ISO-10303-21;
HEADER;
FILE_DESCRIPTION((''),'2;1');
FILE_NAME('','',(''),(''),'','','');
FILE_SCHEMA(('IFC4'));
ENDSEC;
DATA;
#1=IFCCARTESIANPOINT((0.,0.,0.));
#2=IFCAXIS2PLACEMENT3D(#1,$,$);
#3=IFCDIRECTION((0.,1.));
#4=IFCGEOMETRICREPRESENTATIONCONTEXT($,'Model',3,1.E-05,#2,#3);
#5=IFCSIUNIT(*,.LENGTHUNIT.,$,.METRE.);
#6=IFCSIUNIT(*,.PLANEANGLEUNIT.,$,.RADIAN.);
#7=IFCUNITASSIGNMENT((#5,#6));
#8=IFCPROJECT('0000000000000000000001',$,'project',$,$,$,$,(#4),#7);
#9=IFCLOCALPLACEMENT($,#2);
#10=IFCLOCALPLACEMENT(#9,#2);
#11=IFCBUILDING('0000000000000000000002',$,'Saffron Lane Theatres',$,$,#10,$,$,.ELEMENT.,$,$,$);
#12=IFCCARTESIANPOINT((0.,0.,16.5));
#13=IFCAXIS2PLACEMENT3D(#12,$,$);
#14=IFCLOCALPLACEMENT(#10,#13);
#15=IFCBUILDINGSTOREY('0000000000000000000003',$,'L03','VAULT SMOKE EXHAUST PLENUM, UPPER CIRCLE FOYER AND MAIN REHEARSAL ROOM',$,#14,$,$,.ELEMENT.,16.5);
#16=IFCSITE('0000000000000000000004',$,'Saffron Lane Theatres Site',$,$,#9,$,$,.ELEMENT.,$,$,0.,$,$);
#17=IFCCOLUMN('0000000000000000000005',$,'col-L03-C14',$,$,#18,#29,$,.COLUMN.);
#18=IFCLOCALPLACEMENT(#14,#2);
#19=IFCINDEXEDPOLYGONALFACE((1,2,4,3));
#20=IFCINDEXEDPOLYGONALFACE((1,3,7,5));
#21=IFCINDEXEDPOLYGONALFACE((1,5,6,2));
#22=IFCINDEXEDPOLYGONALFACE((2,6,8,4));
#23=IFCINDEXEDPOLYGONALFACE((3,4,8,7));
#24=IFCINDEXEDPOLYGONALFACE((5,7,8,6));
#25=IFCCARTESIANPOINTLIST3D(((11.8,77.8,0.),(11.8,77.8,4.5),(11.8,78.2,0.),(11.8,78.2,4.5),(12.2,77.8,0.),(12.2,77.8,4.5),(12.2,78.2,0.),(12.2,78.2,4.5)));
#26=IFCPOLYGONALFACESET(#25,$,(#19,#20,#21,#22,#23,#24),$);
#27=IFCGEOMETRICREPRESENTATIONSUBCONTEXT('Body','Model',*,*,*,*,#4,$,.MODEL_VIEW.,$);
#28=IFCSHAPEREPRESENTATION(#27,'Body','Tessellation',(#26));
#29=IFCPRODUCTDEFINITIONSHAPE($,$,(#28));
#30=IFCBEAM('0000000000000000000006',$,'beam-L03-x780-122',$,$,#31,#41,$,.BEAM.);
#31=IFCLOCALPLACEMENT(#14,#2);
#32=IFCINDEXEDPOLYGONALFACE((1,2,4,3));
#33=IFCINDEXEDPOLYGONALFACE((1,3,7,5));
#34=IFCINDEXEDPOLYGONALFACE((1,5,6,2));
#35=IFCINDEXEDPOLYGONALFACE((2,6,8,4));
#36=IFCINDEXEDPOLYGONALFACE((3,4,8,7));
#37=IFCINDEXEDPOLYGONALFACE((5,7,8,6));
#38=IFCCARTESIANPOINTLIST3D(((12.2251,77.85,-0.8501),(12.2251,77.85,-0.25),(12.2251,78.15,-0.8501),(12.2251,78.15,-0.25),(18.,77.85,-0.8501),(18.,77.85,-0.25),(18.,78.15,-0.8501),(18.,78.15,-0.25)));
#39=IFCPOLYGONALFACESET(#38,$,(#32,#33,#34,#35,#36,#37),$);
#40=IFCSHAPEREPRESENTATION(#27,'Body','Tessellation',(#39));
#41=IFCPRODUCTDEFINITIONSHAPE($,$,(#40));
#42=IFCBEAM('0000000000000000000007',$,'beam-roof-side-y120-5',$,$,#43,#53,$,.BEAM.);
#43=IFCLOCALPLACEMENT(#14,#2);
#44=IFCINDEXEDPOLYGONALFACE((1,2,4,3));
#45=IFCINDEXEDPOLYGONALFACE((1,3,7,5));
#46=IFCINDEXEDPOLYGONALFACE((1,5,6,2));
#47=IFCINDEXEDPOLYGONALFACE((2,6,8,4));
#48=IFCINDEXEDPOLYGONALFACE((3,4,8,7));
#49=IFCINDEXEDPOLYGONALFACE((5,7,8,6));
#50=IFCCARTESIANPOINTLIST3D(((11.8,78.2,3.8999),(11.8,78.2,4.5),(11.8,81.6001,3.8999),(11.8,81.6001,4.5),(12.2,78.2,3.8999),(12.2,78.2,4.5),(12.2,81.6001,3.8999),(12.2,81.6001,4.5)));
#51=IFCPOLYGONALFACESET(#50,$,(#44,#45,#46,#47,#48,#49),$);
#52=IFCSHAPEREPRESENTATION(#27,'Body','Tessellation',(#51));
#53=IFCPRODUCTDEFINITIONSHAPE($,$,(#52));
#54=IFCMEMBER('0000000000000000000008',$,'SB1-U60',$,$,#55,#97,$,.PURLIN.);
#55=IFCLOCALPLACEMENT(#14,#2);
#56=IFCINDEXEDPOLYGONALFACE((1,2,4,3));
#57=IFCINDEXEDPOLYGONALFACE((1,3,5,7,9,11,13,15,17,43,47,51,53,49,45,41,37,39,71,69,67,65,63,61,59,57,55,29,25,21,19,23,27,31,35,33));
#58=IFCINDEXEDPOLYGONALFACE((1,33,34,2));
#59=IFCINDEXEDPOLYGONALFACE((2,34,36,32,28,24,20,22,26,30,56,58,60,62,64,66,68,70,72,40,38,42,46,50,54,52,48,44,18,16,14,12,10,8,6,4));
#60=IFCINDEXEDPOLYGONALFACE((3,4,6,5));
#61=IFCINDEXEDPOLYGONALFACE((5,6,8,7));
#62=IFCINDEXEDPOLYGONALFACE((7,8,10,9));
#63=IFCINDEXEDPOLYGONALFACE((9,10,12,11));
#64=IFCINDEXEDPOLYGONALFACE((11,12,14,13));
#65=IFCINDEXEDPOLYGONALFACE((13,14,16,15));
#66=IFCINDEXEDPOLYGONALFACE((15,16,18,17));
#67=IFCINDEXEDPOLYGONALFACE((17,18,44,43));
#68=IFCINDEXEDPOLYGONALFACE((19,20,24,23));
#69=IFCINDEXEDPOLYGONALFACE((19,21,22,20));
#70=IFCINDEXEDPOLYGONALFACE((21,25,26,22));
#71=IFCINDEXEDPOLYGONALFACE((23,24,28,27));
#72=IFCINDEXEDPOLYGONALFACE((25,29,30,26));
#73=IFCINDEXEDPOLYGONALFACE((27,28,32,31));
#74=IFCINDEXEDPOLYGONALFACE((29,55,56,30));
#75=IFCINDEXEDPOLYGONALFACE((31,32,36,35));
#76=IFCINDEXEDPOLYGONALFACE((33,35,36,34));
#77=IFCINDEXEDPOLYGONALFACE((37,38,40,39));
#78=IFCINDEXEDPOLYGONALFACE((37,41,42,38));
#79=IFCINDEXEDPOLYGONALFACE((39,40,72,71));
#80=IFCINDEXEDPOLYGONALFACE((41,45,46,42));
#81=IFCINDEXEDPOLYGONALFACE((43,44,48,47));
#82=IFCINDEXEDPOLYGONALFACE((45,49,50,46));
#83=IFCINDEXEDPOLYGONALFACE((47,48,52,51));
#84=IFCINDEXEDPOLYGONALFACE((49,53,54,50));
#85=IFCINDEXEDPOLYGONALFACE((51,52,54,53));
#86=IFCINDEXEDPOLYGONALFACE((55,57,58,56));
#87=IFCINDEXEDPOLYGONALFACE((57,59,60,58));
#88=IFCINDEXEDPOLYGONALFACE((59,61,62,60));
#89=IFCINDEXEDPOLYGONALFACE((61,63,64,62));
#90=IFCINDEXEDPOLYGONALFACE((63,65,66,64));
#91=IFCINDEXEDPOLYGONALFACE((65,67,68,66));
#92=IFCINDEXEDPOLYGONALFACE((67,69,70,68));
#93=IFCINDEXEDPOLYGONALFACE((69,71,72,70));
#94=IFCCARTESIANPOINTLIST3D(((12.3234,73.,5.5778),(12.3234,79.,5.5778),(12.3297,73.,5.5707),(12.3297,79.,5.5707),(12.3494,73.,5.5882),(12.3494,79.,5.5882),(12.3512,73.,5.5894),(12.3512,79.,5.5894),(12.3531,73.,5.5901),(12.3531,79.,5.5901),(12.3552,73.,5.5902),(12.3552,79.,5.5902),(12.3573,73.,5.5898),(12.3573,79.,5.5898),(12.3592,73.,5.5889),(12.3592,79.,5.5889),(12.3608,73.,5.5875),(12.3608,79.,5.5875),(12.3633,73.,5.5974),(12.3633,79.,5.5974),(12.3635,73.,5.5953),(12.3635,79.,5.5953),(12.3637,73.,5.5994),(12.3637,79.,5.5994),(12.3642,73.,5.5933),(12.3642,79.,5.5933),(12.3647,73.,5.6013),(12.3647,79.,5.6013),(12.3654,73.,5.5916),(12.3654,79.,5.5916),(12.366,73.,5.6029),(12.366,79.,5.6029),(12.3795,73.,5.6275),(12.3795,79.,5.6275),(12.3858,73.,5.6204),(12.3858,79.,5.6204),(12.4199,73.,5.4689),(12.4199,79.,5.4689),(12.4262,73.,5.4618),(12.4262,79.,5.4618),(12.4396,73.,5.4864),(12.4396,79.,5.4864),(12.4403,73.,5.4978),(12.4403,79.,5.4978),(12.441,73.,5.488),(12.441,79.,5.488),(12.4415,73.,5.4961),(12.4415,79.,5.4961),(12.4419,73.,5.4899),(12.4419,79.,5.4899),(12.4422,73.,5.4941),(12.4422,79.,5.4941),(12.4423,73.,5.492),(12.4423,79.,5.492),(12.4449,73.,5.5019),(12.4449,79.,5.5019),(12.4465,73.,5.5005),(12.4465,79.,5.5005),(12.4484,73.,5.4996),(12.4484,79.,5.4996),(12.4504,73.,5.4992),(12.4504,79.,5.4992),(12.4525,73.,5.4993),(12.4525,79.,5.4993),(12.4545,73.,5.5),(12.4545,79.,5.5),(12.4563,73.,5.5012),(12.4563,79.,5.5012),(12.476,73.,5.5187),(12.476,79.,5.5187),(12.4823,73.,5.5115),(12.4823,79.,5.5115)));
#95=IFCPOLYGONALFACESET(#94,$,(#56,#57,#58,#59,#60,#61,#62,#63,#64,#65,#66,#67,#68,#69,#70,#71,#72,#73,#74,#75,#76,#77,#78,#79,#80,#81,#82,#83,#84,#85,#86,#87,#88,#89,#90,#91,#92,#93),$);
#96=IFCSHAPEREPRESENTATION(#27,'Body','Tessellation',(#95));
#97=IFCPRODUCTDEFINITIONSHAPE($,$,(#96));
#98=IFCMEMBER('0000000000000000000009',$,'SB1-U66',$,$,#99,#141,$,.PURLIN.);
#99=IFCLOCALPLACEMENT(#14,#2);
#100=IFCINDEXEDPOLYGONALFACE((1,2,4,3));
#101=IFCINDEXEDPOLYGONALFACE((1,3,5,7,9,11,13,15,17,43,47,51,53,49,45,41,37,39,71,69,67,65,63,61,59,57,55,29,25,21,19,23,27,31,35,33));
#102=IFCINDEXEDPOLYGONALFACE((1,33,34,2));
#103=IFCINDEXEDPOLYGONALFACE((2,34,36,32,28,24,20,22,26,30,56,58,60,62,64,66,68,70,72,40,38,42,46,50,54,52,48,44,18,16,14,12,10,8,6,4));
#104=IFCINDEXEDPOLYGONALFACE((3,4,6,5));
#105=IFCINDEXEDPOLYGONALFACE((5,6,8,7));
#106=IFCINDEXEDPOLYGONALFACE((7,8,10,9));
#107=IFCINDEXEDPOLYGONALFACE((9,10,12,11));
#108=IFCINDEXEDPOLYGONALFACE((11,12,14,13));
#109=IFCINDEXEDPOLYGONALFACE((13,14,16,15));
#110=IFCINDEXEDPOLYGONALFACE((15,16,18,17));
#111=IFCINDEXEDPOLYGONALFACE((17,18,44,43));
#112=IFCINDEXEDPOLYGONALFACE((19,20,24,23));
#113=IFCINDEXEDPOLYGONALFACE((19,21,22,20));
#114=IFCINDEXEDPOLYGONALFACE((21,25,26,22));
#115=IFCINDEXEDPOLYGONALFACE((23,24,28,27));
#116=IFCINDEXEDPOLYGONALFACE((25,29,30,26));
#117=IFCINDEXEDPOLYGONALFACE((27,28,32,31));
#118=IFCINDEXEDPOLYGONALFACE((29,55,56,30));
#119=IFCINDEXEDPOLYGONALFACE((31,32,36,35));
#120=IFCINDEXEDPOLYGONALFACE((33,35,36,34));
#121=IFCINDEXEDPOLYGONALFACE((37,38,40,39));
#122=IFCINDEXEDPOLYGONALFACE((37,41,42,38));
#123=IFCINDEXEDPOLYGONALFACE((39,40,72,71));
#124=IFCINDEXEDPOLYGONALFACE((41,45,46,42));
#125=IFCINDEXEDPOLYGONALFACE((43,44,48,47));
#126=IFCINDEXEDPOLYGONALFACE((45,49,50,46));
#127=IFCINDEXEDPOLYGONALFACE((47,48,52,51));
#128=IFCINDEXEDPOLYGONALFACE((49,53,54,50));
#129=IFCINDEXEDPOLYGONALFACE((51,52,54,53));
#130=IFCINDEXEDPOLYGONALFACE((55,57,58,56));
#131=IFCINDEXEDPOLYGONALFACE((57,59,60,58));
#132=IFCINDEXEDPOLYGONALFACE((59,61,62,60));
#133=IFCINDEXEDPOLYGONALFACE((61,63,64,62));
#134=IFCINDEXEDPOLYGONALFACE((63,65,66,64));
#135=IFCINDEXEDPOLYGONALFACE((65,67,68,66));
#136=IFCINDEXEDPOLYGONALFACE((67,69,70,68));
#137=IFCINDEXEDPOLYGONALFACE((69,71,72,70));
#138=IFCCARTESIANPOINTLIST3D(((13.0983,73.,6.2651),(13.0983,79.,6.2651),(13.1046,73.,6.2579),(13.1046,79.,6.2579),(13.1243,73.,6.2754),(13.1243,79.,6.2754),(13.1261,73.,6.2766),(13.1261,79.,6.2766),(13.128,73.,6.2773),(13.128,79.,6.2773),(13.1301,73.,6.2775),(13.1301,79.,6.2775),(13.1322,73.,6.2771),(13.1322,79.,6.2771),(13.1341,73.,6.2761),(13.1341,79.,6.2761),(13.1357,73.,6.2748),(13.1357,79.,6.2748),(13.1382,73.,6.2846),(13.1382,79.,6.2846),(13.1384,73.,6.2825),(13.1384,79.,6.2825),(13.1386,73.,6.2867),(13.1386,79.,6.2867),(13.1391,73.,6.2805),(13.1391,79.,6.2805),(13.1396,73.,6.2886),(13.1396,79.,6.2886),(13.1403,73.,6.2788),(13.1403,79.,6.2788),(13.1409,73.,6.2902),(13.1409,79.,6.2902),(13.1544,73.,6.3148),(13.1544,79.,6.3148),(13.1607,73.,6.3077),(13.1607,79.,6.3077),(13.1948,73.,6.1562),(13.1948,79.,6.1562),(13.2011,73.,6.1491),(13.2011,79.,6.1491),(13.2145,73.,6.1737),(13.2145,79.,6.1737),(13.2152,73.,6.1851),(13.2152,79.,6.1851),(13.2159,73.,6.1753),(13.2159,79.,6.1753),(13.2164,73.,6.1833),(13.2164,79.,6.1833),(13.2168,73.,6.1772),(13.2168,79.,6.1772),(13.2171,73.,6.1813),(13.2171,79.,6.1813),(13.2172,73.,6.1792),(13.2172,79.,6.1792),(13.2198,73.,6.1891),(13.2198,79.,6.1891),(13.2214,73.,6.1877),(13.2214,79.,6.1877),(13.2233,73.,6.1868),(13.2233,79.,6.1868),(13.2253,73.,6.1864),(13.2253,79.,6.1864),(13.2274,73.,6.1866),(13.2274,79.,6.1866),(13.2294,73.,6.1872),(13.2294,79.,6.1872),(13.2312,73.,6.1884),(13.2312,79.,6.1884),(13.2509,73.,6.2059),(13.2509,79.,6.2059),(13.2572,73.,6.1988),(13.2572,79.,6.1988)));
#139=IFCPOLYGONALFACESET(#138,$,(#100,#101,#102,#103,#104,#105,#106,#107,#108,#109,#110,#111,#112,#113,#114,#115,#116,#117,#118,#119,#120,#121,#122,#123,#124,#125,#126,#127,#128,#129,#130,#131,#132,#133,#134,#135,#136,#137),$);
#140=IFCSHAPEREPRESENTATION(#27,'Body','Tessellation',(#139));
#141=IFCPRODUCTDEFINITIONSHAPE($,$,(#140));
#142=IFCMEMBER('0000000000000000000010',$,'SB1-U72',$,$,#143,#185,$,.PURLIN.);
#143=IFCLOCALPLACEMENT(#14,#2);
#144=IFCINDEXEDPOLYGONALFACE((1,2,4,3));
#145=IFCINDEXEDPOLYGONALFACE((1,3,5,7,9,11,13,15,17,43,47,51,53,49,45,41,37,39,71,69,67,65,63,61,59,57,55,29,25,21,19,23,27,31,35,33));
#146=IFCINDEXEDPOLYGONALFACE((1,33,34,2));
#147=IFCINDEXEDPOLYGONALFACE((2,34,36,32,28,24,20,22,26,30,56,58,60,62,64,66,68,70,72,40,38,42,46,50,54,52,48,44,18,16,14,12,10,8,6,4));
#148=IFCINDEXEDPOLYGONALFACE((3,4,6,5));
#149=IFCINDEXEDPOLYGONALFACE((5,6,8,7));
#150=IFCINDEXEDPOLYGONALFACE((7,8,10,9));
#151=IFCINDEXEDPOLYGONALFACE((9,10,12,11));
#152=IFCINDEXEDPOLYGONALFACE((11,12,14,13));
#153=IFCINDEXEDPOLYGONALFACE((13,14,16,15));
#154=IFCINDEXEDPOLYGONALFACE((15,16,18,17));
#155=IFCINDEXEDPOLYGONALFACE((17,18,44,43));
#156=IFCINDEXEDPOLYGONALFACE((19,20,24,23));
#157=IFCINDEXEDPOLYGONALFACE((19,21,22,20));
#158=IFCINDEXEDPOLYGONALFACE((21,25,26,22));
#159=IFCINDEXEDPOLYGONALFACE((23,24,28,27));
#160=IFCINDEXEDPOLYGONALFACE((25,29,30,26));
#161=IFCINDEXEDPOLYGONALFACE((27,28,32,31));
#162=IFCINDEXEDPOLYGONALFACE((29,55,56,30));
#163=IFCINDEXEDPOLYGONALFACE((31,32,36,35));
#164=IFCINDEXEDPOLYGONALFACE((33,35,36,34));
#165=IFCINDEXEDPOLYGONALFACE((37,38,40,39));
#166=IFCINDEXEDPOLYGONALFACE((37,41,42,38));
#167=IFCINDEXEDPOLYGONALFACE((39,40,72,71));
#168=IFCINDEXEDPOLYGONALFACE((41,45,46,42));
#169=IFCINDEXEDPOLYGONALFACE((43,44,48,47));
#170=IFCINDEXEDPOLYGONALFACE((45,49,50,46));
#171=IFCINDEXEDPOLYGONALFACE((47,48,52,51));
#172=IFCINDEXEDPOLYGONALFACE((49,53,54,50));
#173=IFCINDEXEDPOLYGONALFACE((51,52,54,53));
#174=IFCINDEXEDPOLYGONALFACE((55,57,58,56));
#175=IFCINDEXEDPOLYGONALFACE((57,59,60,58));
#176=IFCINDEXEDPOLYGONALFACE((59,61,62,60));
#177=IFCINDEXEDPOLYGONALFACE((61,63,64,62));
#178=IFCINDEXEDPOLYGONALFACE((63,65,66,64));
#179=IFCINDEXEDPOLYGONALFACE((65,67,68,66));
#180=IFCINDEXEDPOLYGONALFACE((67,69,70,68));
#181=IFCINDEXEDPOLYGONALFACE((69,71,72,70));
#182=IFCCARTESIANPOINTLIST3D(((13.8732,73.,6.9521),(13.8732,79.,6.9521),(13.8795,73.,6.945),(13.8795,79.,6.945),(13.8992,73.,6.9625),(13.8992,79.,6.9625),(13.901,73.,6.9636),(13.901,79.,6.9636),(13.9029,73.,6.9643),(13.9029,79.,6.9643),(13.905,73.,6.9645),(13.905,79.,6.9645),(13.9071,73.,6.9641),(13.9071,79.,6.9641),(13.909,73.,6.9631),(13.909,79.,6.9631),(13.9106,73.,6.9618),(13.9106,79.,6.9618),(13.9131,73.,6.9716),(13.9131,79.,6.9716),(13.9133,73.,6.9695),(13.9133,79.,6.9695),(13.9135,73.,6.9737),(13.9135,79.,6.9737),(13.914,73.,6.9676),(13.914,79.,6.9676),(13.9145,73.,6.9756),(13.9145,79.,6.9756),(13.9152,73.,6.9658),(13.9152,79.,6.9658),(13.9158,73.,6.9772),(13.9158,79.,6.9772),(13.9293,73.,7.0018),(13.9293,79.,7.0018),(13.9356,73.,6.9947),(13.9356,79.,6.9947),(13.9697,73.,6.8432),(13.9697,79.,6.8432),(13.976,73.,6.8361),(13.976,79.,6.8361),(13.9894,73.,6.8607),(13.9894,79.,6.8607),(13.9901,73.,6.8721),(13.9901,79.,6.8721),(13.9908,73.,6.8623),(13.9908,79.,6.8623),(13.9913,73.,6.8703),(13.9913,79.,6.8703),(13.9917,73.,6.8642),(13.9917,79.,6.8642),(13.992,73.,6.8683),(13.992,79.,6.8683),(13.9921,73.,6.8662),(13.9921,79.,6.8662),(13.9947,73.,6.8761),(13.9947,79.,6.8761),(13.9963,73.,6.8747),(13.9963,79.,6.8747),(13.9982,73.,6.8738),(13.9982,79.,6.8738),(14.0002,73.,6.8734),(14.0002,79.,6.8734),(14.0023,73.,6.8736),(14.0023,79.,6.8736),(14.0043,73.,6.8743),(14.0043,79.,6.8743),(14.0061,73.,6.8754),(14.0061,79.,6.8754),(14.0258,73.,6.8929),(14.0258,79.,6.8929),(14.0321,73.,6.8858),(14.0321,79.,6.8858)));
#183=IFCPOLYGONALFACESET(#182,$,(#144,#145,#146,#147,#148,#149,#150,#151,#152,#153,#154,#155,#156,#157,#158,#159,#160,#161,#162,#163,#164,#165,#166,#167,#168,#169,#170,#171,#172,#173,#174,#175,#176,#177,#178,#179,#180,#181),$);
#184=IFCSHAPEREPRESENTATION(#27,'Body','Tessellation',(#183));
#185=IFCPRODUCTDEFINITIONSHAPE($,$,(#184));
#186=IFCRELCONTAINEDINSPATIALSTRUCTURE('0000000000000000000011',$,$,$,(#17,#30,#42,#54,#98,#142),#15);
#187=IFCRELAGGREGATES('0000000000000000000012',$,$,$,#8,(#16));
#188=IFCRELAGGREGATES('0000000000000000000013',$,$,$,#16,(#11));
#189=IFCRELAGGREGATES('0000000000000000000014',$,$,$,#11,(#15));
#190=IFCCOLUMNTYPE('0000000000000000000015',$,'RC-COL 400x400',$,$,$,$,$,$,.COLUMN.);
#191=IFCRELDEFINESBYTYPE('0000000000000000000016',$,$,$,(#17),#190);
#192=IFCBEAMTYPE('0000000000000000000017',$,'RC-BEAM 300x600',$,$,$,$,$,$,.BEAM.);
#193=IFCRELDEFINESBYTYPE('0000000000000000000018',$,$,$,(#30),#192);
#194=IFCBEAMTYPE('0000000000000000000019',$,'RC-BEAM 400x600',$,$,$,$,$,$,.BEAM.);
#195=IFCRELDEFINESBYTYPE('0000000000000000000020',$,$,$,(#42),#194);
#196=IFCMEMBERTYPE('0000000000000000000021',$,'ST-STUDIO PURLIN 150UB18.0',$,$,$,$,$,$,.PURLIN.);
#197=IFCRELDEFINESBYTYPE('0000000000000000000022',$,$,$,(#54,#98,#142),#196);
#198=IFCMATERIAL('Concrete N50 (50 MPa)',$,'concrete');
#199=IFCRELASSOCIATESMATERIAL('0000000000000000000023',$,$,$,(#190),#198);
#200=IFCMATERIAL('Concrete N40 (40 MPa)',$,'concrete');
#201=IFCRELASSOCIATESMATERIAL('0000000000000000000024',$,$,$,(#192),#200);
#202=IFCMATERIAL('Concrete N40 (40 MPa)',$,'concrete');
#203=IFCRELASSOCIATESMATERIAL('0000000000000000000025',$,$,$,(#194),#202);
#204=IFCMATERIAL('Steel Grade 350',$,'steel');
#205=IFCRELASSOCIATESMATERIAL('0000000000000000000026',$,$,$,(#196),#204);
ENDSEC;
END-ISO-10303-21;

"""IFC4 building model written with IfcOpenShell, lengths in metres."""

from ifc_helpers import new_model, si_unit, direction, frame, origin, origin_2d, place, context, subcontext, project, spatial, rectangle, i_section, extrude, material, material_profile, profile_set, type_object, element, save


model = new_model("IFC4")

# Units and contexts
model_context = context("Model", 3, precision=1e-05, world=origin(), true_north=direction((0.0, 1.0)))
body_context = subcontext(model_context, "Body", "Model", "MODEL_VIEW")
ifc_project = project(units=[si_unit("LENGTHUNIT", "METRE"), si_unit("PLANEANGLEUNIT", "RADIAN")], contexts=[model_context])

# Site, building, storey
site_placement = place(None, origin())
site = spatial("IfcSite", under=ifc_project, at=site_placement, Name="Saffron Lane Theatres Site", CompositionType="ELEMENT", RefElevation=0.0)
building_placement = place(site_placement, origin())
building = spatial("IfcBuilding", under=site, at=building_placement, Name="Saffron Lane Theatres", CompositionType="ELEMENT")
storey_placement = place(building_placement, frame((0.0, 0.0, 16.5)))
storey = spatial("IfcBuildingStorey", under=building, at=storey_placement, Name="L03", Description="VAULT SMOKE EXHAUST PLENUM, UPPER CIRCLE FOYER AND MAIN REHEARSAL ROOM", CompositionType="ELEMENT", Elevation=16.5)

# Column
ifc_material_1 = material(Name="Concrete N50 (50 MPa)", Category="concrete")
ifc_material_profile_1 = material_profile(ifc_material_1, rectangle(XDim=0.3999, YDim=0.3999, at=origin_2d()))
ifc_profile_set_1 = profile_set([ifc_material_profile_1], Name="Concrete N50 (50 MPa)")
column_type = type_object("IfcColumnType", Name="RC-COL 400x400", PredefinedType="COLUMN", material=ifc_profile_set_1)
column_placement = place(storey_placement, frame((12.0, 78.0, 0.0), z_axis=(0.0, 0.0, 1.0), x_axis=(1.0, 0.0, 0.0)))
element("IfcColumn", 1, at=column_placement, inside=storey, type_object=column_type, Name="col-L03-C14", PredefinedType="COLUMN", context=body_context, shape_type="SweptSolid", body=[
    extrude(rectangle(XDim=0.3999, YDim=0.3999, at=origin_2d()), origin(), (0.0, 0.0, 1.0), 4.5),
])

# Beams
ifc_material_2 = material(Name="Concrete N40 (40 MPa)", Category="concrete")
ifc_material_profile_2 = material_profile(ifc_material_2, rectangle(XDim=0.3, YDim=0.6001, at=origin_2d()))
ifc_profile_set_2 = profile_set([ifc_material_profile_2], Name="Concrete N40 (40 MPa)")
beam_type_1 = type_object("IfcBeamType", Name="RC-BEAM 300x600", PredefinedType="BEAM", material=ifc_profile_set_2)
beam_1_placement = place(storey_placement, frame((12.2251, 78.0, -0.55), z_axis=(1.0, 0.0, 0.0), x_axis=(0.0, 1.0, 0.0)))
element("IfcBeam", 2, at=beam_1_placement, inside=storey, type_object=beam_type_1, Name="beam-L03-x780-122", PredefinedType="BEAM", context=body_context, shape_type="SweptSolid", body=[
    extrude(rectangle(XDim=0.3, YDim=0.6001, at=origin_2d()), origin(), (0.0, 0.0, 1.0), 5.7749),
])
ifc_material_3 = material(Name="Concrete N40 (40 MPa)", Category="concrete")
ifc_material_profile_3 = material_profile(ifc_material_3, rectangle(XDim=0.3999, YDim=0.6001, at=origin_2d()))
ifc_profile_set_3 = profile_set([ifc_material_profile_3], Name="Concrete N40 (40 MPa)")
beam_type_2 = type_object("IfcBeamType", Name="RC-BEAM 400x600", PredefinedType="BEAM", material=ifc_profile_set_3)
beam_2_placement = place(storey_placement, frame((12.0, 78.2, 4.2), z_axis=(0.0, 1.0, 0.0), x_axis=(-1.0, 0.0, 0.0)))
element("IfcBeam", 3, at=beam_2_placement, inside=storey, type_object=beam_type_2, Name="beam-roof-side-y120-5", PredefinedType="BEAM", context=body_context, shape_type="SweptSolid", body=[
    extrude(rectangle(XDim=0.3999, YDim=0.6001, at=origin_2d()), origin(), (0.0, 0.0, 1.0), 3.4001),
])

# Members
ifc_material_4 = material(Name="Steel Grade 350", Category="steel")
ifc_material_profile_4 = material_profile(ifc_material_4, i_section(OverallWidth=0.075, OverallDepth=0.155, WebThickness=0.0061, FlangeThickness=0.0095, FilletRadius=0.0081, at=origin_2d()))
ifc_profile_set_4 = profile_set([ifc_material_profile_4], Name="Steel Grade 350")
member_type_1 = type_object("IfcMemberType", Name="ST-STUDIO PURLIN 150UB18.0", PredefinedType="PURLIN", material=ifc_profile_set_4)
for number, where, z_axis, x_axis, name in (
    (4, (12.4028, 73.0, 5.5447), (0.0, 1.0, 0.0), (-0.748269, 0.0, -0.663396), "SB1-U60"),
    (5, (13.1777, 73.0, 6.2319), (0.0, 1.0, 0.0), (-0.748269, 0.0, -0.663396), "SB1-U66"),
    (6, (13.9526, 73.0, 6.9189), (0.0, 1.0, 0.0), (-0.748269, 0.0, -0.663396), "SB1-U72"),
):
    element("IfcMember", number, at=place(storey_placement, frame(where, z_axis=z_axis, x_axis=x_axis)), inside=storey, type_object=member_type_1, Name=name, PredefinedType="PURLIN", context=body_context, shape_type="SweptSolid", body=[
        extrude(i_section(OverallWidth=0.075, OverallDepth=0.155, WebThickness=0.0061, FlangeThickness=0.0095, FilletRadius=0.0081, at=origin_2d()), origin(), (0.0, 0.0, 1.0), 6.0),
    ])

save(model, "model.ifc")
